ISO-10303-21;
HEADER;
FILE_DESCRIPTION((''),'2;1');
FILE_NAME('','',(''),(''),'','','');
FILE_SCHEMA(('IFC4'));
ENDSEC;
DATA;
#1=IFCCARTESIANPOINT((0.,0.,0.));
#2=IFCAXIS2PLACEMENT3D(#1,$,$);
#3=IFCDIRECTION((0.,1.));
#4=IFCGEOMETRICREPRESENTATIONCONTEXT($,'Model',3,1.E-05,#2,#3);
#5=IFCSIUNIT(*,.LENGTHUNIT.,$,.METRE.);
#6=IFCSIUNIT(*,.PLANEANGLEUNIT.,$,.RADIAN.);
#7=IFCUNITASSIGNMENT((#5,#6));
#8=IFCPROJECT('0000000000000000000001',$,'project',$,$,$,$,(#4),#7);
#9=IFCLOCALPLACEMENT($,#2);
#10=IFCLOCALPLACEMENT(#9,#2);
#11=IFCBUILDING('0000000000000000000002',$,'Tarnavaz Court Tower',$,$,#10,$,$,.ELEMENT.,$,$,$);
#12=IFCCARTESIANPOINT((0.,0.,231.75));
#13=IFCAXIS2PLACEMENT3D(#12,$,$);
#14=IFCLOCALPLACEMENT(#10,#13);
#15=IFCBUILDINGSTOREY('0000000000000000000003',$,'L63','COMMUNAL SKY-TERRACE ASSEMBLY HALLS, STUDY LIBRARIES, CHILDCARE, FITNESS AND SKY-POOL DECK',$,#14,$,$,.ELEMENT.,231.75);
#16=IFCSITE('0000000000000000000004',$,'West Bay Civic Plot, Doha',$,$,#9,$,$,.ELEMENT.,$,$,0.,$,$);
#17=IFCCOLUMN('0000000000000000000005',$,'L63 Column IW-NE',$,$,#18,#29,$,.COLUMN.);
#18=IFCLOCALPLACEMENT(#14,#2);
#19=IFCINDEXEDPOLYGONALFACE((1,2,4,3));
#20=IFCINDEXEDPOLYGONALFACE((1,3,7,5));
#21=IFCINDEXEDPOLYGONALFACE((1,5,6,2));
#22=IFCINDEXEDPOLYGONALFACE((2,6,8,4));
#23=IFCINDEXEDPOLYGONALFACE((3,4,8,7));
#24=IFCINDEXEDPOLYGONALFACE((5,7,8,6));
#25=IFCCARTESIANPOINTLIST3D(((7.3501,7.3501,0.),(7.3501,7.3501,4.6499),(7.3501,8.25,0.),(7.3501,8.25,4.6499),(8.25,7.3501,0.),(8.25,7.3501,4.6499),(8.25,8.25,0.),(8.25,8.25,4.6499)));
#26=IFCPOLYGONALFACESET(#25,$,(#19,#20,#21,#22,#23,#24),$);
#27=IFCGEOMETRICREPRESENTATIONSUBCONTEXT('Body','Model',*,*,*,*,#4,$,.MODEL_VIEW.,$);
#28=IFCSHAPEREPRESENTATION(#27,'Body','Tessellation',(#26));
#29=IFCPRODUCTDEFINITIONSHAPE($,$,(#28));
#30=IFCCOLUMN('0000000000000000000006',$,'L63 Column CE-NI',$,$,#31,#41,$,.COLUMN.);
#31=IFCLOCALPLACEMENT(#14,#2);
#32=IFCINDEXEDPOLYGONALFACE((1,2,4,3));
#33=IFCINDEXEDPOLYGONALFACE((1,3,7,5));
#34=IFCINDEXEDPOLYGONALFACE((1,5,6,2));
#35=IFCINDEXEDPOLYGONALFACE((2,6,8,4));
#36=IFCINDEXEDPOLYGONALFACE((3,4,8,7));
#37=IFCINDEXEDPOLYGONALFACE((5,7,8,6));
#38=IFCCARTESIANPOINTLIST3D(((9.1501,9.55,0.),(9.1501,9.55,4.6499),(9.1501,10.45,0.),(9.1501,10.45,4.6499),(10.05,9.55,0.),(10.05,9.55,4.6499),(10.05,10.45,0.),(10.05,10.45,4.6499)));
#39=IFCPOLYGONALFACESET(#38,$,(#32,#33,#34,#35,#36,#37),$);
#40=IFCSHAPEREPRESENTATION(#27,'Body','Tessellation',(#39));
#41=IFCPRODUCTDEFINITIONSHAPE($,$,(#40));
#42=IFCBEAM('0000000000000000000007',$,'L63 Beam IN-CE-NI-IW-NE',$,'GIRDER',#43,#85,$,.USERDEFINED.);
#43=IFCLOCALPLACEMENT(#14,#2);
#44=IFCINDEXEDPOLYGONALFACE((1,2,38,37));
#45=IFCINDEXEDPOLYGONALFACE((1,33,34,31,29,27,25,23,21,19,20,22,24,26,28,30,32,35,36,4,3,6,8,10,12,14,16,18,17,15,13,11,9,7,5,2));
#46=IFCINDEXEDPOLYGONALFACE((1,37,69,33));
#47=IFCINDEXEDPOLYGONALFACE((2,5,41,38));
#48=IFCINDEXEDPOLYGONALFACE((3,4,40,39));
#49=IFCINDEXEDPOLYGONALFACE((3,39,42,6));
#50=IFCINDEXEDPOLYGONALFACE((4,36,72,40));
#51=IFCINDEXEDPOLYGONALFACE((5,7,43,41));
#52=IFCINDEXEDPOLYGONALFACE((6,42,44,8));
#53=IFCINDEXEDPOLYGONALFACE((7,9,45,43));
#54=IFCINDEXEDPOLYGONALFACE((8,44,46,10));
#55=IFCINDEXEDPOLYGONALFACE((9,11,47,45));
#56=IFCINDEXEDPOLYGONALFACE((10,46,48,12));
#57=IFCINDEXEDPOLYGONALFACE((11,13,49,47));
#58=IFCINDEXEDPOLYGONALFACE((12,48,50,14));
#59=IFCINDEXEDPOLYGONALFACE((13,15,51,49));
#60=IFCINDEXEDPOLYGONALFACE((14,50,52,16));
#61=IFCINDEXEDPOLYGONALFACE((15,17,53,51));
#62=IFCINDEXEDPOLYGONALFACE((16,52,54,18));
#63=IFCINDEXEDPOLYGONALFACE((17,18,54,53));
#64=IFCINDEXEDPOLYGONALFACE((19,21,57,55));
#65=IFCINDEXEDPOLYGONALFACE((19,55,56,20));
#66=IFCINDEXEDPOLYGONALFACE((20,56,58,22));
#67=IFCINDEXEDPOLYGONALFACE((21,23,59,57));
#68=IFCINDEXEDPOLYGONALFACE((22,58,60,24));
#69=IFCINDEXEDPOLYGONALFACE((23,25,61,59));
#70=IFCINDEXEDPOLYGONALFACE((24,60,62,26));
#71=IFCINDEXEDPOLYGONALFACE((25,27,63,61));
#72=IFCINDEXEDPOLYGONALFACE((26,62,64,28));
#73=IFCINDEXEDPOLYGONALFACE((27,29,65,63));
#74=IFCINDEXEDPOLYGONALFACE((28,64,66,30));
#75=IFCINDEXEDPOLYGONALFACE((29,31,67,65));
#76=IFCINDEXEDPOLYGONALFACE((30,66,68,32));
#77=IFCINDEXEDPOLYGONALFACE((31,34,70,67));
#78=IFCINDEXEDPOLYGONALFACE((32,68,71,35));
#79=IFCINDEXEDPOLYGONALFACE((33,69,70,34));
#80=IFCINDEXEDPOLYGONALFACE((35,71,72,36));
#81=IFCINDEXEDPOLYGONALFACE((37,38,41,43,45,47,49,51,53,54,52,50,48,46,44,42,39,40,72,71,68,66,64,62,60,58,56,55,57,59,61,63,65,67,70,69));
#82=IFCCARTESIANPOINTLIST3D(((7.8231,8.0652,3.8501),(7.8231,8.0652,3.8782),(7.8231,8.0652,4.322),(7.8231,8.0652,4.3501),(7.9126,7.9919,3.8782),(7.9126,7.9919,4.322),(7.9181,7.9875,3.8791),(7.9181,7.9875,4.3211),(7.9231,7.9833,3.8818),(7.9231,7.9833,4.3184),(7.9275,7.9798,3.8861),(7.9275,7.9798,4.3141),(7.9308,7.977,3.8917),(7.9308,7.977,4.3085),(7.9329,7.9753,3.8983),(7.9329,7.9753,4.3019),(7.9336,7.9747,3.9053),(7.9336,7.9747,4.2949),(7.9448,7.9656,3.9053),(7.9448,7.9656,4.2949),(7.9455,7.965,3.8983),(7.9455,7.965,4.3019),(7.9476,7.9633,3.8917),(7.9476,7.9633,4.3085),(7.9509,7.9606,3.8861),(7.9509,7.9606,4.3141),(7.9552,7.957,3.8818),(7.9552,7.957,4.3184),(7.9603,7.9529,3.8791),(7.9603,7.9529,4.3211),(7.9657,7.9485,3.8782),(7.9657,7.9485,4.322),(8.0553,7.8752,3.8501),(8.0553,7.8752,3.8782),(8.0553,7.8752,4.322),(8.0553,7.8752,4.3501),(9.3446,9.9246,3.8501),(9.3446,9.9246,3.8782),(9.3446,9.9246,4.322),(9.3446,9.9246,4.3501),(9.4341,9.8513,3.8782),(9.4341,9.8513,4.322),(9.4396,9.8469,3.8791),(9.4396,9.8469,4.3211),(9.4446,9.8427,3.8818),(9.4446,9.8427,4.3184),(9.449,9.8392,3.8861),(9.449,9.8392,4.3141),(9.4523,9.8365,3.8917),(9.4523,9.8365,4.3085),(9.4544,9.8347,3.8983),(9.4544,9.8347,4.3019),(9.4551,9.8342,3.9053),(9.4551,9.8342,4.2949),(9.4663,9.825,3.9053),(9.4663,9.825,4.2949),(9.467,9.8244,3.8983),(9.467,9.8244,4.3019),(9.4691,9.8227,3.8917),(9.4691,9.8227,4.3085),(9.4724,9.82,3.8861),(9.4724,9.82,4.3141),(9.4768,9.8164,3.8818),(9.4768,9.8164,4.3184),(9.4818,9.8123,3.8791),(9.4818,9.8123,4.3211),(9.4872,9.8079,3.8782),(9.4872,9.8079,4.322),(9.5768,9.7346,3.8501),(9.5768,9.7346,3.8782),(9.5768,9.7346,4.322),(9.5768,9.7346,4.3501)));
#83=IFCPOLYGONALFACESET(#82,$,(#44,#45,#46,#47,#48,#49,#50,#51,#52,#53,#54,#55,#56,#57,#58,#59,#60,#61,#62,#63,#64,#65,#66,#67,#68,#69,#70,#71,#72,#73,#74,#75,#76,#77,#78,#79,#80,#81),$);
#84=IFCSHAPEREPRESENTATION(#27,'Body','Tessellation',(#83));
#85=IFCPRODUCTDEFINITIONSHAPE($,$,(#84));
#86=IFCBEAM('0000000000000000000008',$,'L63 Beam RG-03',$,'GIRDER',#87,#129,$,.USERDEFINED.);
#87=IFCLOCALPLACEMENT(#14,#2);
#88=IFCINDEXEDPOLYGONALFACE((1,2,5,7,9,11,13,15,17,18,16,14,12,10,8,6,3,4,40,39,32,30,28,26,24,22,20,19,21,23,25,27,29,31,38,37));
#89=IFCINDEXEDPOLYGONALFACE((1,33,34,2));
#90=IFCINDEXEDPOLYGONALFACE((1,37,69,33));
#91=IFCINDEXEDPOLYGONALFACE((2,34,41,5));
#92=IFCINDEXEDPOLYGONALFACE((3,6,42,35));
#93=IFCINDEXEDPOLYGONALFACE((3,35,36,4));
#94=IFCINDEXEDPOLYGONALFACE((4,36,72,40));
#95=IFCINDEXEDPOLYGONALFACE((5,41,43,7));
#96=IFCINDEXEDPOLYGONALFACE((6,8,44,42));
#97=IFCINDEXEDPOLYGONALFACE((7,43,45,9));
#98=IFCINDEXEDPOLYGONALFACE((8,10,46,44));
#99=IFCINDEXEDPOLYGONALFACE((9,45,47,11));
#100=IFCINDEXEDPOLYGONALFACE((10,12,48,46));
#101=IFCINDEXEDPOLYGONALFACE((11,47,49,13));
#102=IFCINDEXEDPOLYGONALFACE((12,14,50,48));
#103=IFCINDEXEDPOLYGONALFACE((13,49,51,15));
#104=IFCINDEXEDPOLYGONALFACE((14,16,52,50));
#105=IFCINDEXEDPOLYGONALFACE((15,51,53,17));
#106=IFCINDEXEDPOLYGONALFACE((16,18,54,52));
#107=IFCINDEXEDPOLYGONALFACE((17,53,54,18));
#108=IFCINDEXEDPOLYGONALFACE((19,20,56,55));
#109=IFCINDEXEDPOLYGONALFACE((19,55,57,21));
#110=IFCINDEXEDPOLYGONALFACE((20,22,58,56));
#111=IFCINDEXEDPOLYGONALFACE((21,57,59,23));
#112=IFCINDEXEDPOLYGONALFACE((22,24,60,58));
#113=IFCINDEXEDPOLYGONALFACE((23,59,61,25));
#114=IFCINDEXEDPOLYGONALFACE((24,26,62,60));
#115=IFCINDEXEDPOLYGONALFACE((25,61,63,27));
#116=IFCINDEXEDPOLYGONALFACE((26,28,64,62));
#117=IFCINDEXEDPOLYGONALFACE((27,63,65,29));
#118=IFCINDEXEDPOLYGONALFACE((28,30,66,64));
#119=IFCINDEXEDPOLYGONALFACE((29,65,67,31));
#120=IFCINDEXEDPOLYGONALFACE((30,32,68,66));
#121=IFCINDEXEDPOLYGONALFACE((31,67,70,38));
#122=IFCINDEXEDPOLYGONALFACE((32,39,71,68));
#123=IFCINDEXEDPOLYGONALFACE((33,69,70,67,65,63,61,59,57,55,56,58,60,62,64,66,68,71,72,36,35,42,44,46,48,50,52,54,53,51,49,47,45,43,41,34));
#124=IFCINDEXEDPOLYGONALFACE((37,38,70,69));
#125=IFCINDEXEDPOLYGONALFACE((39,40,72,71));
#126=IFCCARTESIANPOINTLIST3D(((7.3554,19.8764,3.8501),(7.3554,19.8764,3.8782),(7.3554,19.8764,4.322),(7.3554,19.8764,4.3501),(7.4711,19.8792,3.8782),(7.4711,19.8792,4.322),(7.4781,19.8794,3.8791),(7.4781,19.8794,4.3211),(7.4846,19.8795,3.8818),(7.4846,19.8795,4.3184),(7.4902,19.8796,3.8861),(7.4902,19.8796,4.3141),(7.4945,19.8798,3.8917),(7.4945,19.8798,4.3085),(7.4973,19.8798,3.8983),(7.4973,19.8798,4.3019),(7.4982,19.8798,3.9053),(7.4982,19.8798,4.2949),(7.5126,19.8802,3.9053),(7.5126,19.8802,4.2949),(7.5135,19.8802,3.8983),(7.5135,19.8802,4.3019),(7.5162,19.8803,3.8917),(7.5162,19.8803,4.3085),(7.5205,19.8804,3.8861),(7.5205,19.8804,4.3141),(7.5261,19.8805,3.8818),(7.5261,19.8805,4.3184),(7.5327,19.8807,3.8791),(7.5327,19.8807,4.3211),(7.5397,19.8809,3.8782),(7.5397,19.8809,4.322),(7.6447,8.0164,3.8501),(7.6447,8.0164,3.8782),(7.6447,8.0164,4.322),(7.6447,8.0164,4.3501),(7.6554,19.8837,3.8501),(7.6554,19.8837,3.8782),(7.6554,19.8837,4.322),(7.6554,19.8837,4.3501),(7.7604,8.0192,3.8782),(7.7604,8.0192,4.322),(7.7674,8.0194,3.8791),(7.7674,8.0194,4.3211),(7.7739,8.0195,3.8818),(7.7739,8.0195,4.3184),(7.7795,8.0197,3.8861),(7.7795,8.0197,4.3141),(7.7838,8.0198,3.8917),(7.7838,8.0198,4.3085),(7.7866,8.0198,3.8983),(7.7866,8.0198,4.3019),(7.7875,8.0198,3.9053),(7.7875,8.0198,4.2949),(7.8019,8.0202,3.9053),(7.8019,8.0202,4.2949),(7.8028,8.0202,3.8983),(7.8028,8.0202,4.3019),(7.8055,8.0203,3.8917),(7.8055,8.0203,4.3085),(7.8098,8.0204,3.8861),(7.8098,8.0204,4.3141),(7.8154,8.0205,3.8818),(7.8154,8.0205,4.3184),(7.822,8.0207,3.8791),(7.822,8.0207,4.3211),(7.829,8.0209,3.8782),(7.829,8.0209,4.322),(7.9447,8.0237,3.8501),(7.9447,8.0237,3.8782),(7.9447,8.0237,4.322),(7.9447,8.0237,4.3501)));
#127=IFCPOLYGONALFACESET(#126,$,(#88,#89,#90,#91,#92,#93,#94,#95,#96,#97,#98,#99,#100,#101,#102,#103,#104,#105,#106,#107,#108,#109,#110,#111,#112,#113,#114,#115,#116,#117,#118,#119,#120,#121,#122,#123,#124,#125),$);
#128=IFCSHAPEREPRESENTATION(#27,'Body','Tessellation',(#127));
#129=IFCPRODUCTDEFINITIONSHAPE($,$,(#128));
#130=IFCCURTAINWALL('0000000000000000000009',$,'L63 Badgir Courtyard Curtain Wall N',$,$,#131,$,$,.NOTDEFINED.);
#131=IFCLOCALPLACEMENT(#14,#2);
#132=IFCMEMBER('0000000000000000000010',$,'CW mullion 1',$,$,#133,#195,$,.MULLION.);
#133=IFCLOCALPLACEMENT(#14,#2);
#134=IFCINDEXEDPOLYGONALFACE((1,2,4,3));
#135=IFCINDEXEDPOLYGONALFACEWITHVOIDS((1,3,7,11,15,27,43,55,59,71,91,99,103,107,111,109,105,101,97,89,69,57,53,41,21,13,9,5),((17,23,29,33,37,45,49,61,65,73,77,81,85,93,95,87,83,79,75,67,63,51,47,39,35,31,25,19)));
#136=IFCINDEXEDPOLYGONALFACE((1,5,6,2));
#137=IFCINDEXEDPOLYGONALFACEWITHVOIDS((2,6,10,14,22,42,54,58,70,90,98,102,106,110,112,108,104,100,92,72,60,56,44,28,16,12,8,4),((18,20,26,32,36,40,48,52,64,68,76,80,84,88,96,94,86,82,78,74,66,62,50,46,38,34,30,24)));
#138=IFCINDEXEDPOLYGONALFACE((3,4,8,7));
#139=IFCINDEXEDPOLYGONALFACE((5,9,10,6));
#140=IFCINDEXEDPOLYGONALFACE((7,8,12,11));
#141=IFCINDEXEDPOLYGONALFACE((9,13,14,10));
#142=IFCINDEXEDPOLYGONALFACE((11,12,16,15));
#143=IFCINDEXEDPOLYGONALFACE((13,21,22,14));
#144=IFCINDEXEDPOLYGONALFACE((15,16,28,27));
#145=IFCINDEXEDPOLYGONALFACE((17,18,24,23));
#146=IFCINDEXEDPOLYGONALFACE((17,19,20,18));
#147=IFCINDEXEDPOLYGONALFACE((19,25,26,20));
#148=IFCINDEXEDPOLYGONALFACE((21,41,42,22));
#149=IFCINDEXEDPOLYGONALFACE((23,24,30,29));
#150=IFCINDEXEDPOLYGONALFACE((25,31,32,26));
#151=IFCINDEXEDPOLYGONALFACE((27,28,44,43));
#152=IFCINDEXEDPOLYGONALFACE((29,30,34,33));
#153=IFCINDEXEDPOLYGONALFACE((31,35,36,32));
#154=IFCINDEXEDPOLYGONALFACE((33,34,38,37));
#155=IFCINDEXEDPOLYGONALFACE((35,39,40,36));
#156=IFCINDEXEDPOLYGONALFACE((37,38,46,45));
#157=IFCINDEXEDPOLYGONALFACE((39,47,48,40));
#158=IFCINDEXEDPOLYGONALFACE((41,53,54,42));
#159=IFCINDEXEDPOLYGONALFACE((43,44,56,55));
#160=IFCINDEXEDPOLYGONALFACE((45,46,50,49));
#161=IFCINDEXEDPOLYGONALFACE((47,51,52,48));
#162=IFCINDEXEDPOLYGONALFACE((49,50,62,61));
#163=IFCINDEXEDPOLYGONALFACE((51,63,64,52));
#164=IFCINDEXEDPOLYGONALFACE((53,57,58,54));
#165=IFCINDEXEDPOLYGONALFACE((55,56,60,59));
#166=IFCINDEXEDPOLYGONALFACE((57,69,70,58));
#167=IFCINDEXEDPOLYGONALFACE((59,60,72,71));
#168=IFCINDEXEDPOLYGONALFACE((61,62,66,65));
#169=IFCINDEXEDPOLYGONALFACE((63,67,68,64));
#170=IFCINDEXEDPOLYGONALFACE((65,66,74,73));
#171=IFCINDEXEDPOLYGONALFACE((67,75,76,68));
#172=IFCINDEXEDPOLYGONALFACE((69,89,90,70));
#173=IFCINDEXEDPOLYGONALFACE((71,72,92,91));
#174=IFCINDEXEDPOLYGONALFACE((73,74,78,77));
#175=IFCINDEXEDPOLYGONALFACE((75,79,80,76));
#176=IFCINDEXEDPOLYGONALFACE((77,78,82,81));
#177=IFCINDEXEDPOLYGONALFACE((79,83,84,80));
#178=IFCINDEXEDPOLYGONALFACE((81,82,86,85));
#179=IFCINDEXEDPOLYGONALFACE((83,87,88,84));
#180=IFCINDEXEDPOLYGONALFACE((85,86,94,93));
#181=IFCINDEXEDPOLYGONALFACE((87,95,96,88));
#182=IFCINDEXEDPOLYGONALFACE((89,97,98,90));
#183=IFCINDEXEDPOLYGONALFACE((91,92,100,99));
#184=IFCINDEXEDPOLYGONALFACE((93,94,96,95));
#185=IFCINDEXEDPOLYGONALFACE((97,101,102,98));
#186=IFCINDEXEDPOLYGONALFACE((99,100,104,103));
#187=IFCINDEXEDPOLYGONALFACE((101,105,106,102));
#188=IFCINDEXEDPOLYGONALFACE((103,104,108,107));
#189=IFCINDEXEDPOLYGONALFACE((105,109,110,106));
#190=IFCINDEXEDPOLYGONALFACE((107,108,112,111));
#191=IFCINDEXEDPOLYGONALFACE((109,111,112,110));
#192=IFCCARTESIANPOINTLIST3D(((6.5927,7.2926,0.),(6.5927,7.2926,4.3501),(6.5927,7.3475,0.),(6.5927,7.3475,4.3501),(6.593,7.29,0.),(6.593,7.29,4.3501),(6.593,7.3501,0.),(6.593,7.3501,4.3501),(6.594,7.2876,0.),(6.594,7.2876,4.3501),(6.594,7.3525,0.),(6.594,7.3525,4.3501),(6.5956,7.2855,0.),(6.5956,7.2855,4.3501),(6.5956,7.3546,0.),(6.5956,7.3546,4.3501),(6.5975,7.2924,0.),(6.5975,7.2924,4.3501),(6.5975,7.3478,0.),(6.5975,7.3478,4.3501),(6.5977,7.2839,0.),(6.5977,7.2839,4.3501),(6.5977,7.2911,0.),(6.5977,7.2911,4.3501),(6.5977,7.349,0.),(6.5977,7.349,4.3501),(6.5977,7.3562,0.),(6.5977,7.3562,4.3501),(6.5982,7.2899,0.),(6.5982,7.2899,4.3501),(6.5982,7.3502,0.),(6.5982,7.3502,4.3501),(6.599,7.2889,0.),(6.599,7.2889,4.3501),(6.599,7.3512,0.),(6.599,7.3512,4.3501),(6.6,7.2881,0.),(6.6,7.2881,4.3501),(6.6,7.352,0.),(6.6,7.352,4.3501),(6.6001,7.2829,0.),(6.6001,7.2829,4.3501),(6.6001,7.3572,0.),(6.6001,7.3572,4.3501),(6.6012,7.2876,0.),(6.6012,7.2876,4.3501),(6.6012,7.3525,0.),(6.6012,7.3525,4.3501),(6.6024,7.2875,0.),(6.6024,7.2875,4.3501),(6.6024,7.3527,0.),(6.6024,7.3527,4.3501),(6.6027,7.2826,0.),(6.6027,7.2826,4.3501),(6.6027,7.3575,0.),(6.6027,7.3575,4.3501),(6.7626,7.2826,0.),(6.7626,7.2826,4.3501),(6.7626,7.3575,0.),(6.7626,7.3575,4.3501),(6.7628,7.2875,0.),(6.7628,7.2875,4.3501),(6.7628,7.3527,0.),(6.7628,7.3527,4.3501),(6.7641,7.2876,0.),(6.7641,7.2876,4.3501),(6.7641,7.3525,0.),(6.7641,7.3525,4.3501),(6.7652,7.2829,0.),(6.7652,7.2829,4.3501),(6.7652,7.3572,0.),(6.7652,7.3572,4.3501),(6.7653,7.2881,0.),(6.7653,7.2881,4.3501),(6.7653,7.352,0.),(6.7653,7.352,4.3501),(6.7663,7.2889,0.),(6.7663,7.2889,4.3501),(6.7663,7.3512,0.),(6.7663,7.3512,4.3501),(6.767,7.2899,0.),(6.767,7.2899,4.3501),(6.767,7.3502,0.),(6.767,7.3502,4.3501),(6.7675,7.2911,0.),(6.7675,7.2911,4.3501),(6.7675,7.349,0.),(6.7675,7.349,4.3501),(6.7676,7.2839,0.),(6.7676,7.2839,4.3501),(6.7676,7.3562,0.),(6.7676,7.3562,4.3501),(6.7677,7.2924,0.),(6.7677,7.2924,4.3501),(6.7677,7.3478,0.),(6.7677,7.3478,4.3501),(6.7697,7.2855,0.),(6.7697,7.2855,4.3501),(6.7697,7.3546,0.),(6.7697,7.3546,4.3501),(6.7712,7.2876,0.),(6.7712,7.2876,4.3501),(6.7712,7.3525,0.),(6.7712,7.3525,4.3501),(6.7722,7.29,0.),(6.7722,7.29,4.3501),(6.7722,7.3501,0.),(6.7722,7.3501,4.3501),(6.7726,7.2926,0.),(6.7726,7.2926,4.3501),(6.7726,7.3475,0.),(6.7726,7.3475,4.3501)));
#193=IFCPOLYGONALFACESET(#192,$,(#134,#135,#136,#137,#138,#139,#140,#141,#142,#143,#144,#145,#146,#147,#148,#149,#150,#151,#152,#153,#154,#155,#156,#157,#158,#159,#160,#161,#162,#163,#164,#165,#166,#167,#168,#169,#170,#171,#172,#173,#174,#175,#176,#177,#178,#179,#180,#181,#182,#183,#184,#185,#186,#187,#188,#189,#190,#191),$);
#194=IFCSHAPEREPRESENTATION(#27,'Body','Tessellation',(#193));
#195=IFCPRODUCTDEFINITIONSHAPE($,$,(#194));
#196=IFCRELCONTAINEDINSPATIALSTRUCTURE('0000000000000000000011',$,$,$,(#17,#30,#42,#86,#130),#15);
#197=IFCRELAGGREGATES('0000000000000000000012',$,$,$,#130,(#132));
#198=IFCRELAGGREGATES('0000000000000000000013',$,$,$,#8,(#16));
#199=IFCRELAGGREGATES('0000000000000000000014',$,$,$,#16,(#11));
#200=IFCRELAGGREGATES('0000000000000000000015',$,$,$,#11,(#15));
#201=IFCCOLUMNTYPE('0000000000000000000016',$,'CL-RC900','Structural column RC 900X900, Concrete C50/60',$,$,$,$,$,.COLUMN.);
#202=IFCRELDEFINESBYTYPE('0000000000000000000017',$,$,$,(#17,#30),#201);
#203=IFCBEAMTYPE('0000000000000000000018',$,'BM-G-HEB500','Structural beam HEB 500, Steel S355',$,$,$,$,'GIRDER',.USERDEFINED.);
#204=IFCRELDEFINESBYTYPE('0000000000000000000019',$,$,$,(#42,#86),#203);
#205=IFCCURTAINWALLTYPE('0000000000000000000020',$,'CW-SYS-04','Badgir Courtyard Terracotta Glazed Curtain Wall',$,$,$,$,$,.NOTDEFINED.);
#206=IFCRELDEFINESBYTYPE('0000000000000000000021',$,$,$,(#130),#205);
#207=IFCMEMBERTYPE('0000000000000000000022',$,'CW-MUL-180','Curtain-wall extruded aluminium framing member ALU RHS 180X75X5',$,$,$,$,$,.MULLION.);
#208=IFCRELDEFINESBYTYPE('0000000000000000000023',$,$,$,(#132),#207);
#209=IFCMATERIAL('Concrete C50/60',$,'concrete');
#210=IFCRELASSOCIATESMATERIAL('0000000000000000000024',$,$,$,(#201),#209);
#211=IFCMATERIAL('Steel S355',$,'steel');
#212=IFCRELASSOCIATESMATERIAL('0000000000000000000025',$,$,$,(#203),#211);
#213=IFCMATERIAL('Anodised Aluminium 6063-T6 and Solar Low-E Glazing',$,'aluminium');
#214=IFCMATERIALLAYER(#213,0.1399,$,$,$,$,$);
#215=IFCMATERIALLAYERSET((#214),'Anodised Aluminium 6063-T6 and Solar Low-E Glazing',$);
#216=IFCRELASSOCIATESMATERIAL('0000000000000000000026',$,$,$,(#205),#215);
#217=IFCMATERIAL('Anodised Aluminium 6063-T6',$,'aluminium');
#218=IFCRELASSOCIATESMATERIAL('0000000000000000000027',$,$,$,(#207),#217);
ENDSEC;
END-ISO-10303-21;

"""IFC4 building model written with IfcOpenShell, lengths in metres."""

from ifc_helpers import new_model, si_unit, direction, frame, origin, origin_2d, place, context, subcontext, project, spatial, rectangle, hollow_rectangle, i_section, extrude, material, layer, layer_set, material_profile, profile_set, type_object, element, aggregate, save


model = new_model("IFC4")

# Units and contexts
model_context = context("Model", 3, precision=1e-05, world=origin(), true_north=direction((0.0, 1.0)))
body_context = subcontext(model_context, "Body", "Model", "MODEL_VIEW")
ifc_project = project(units=[si_unit("LENGTHUNIT", "METRE"), si_unit("PLANEANGLEUNIT", "RADIAN")], contexts=[model_context])

# Site, building, storey
site_placement = place(None, origin())
site = spatial("IfcSite", under=ifc_project, at=site_placement, Name="West Bay Civic Plot, Doha", CompositionType="ELEMENT", RefElevation=0.0)
building_placement = place(site_placement, origin())
building = spatial("IfcBuilding", under=site, at=building_placement, Name="Tarnavaz Court Tower", CompositionType="ELEMENT")
storey_placement = place(building_placement, frame((0.0, 0.0, 231.75)))
storey = spatial("IfcBuildingStorey", under=building, at=storey_placement, Name="L63", Description="COMMUNAL SKY-TERRACE ASSEMBLY HALLS, STUDY LIBRARIES, CHILDCARE, FITNESS AND SKY-POOL DECK", CompositionType="ELEMENT", Elevation=231.75)

# Columns
ifc_material_1 = material(Name="Concrete C50/60", Category="concrete")
ifc_material_profile_1 = material_profile(ifc_material_1, rectangle(XDim=0.8999, YDim=0.8999, at=origin_2d()), Name="RC 900X900")
ifc_profile_set_1 = profile_set([ifc_material_profile_1], Name="Concrete C50/60")
column_type = type_object("IfcColumnType", Name="CL-RC900", Description="Structural column RC 900X900, Concrete C50/60", PredefinedType="COLUMN", material=ifc_profile_set_1)
for number, where, z_axis, x_axis, name in (
    (1, (7.8, 7.8, 0.0), (0.0, 0.0, 1.0), (1.0, 0.0, 0.0), "L63 Column IW-NE"),
    (2, (9.6001, 10.0, 0.0), (0.0, 0.0, 1.0), (1.0, 0.0, 0.0), "L63 Column CE-NI"),
):
    element("IfcColumn", number, at=place(storey_placement, frame(where, z_axis=z_axis, x_axis=x_axis)), inside=storey, type_object=column_type, Name=name, PredefinedType="COLUMN", context=body_context, shape_type="SweptSolid", body=[
        extrude(rectangle(XDim=0.8999, YDim=0.8999, at=origin_2d()), origin(), (0.0, 0.0, 1.0), 4.6499),
    ])

# Beams
ifc_material_2 = material(Name="Steel S355", Category="steel")
ifc_material_profile_2 = material_profile(ifc_material_2, i_section(OverallWidth=0.3, OverallDepth=0.5, WebThickness=0.0144, FlangeThickness=0.0281, FilletRadius=0.0271, at=origin_2d()), Name="HEB 500")
ifc_profile_set_2 = profile_set([ifc_material_profile_2], Name="Steel S355")
beam_type = type_object("IfcBeamType", Name="BM-G-HEB500", Description="Structural beam HEB 500, Steel S355", ElementType="GIRDER", PredefinedType="USERDEFINED", material=ifc_profile_set_2)
beam_1_placement = place(storey_placement, frame((9.4607, 9.8296, 4.1001), z_axis=(-0.633282, -0.773921, 0.0), x_axis=(0.773921, -0.633282, 0.0)))
element("IfcBeam", 3, at=beam_1_placement, inside=storey, type_object=beam_type, Name="L63 Beam IN-CE-NI-IW-NE", ObjectType="GIRDER", PredefinedType="USERDEFINED", context=body_context, shape_type="SweptSolid", body=[
    extrude(i_section(OverallWidth=0.3, OverallDepth=0.5, WebThickness=0.0144, FlangeThickness=0.0281, FilletRadius=0.0271, at=origin_2d()), origin(), (0.0, 0.0, 1.0), 2.4026),
])
beam_2_placement = place(storey_placement, frame((7.7947, 8.02, 4.1001), z_axis=(-0.024386, 0.999703, 0.0), x_axis=(-0.999703, -0.024386, 0.0)))
element("IfcBeam", 4, at=beam_2_placement, inside=storey, type_object=beam_type, Name="L63 Beam RG-03", ObjectType="GIRDER", PredefinedType="USERDEFINED", context=body_context, shape_type="SweptSolid", body=[
    extrude(i_section(OverallWidth=0.3, OverallDepth=0.5, WebThickness=0.0144, FlangeThickness=0.0281, FilletRadius=0.0271, at=origin_2d()), origin(), (0.0, 0.0, 1.0), 11.8635),
])

# Curtain wall, member
ifc_material_3 = material(Name="Anodised Aluminium 6063-T6 and Solar Low-E Glazing", Category="aluminium")
ifc_layer_1 = layer(ifc_material_3, 0.1399)
ifc_layer_set_1 = layer_set([ifc_layer_1], Name="Anodised Aluminium 6063-T6 and Solar Low-E Glazing")
curtain_wall_type = type_object("IfcCurtainWallType", Name="CW-SYS-04", Description="Badgir Courtyard Terracotta Glazed Curtain Wall", PredefinedType="NOTDEFINED", material=ifc_layer_set_1)
curtain_wall_placement = place(storey_placement, origin())
curtain_wall = element("IfcCurtainWall", 5, at=curtain_wall_placement, inside=storey, type_object=curtain_wall_type, Name="L63 Badgir Courtyard Curtain Wall N", PredefinedType="NOTDEFINED")
ifc_material_4 = material(Name="Anodised Aluminium 6063-T6", Category="aluminium")
ifc_material_profile_3 = material_profile(ifc_material_4, hollow_rectangle(XDim=0.075, YDim=0.1799, WallThickness=0.0049, InnerFilletRadius=0.0049, OuterFilletRadius=0.01, at=origin_2d()), Name="ALU RHS 180X75X5")
ifc_profile_set_3 = profile_set([ifc_material_profile_3], Name="Anodised Aluminium 6063-T6")
member_type_1 = type_object("IfcMemberType", Name="CW-MUL-180", Description="Curtain-wall extruded aluminium framing member ALU RHS 180X75X5", PredefinedType="MULLION", material=ifc_profile_set_3)
member_1_placement = place(storey_placement, frame((6.6826, 7.3201, 0.0), z_axis=(0.0, 0.0, 1.0), x_axis=(0.0, -1.0, 0.0)))
member_1 = element("IfcMember", 6, at=member_1_placement, type_object=member_type_1, Name="CW mullion 1", PredefinedType="MULLION", context=body_context, shape_type="SweptSolid", body=[
    extrude(hollow_rectangle(XDim=0.075, YDim=0.1799, WallThickness=0.0049, InnerFilletRadius=0.0049, OuterFilletRadius=0.01, at=origin_2d()), origin(), (0.0, 0.0, 1.0), 4.3501),
])
aggregate(curtain_wall, [member_1])

save(model, "model.ifc")
